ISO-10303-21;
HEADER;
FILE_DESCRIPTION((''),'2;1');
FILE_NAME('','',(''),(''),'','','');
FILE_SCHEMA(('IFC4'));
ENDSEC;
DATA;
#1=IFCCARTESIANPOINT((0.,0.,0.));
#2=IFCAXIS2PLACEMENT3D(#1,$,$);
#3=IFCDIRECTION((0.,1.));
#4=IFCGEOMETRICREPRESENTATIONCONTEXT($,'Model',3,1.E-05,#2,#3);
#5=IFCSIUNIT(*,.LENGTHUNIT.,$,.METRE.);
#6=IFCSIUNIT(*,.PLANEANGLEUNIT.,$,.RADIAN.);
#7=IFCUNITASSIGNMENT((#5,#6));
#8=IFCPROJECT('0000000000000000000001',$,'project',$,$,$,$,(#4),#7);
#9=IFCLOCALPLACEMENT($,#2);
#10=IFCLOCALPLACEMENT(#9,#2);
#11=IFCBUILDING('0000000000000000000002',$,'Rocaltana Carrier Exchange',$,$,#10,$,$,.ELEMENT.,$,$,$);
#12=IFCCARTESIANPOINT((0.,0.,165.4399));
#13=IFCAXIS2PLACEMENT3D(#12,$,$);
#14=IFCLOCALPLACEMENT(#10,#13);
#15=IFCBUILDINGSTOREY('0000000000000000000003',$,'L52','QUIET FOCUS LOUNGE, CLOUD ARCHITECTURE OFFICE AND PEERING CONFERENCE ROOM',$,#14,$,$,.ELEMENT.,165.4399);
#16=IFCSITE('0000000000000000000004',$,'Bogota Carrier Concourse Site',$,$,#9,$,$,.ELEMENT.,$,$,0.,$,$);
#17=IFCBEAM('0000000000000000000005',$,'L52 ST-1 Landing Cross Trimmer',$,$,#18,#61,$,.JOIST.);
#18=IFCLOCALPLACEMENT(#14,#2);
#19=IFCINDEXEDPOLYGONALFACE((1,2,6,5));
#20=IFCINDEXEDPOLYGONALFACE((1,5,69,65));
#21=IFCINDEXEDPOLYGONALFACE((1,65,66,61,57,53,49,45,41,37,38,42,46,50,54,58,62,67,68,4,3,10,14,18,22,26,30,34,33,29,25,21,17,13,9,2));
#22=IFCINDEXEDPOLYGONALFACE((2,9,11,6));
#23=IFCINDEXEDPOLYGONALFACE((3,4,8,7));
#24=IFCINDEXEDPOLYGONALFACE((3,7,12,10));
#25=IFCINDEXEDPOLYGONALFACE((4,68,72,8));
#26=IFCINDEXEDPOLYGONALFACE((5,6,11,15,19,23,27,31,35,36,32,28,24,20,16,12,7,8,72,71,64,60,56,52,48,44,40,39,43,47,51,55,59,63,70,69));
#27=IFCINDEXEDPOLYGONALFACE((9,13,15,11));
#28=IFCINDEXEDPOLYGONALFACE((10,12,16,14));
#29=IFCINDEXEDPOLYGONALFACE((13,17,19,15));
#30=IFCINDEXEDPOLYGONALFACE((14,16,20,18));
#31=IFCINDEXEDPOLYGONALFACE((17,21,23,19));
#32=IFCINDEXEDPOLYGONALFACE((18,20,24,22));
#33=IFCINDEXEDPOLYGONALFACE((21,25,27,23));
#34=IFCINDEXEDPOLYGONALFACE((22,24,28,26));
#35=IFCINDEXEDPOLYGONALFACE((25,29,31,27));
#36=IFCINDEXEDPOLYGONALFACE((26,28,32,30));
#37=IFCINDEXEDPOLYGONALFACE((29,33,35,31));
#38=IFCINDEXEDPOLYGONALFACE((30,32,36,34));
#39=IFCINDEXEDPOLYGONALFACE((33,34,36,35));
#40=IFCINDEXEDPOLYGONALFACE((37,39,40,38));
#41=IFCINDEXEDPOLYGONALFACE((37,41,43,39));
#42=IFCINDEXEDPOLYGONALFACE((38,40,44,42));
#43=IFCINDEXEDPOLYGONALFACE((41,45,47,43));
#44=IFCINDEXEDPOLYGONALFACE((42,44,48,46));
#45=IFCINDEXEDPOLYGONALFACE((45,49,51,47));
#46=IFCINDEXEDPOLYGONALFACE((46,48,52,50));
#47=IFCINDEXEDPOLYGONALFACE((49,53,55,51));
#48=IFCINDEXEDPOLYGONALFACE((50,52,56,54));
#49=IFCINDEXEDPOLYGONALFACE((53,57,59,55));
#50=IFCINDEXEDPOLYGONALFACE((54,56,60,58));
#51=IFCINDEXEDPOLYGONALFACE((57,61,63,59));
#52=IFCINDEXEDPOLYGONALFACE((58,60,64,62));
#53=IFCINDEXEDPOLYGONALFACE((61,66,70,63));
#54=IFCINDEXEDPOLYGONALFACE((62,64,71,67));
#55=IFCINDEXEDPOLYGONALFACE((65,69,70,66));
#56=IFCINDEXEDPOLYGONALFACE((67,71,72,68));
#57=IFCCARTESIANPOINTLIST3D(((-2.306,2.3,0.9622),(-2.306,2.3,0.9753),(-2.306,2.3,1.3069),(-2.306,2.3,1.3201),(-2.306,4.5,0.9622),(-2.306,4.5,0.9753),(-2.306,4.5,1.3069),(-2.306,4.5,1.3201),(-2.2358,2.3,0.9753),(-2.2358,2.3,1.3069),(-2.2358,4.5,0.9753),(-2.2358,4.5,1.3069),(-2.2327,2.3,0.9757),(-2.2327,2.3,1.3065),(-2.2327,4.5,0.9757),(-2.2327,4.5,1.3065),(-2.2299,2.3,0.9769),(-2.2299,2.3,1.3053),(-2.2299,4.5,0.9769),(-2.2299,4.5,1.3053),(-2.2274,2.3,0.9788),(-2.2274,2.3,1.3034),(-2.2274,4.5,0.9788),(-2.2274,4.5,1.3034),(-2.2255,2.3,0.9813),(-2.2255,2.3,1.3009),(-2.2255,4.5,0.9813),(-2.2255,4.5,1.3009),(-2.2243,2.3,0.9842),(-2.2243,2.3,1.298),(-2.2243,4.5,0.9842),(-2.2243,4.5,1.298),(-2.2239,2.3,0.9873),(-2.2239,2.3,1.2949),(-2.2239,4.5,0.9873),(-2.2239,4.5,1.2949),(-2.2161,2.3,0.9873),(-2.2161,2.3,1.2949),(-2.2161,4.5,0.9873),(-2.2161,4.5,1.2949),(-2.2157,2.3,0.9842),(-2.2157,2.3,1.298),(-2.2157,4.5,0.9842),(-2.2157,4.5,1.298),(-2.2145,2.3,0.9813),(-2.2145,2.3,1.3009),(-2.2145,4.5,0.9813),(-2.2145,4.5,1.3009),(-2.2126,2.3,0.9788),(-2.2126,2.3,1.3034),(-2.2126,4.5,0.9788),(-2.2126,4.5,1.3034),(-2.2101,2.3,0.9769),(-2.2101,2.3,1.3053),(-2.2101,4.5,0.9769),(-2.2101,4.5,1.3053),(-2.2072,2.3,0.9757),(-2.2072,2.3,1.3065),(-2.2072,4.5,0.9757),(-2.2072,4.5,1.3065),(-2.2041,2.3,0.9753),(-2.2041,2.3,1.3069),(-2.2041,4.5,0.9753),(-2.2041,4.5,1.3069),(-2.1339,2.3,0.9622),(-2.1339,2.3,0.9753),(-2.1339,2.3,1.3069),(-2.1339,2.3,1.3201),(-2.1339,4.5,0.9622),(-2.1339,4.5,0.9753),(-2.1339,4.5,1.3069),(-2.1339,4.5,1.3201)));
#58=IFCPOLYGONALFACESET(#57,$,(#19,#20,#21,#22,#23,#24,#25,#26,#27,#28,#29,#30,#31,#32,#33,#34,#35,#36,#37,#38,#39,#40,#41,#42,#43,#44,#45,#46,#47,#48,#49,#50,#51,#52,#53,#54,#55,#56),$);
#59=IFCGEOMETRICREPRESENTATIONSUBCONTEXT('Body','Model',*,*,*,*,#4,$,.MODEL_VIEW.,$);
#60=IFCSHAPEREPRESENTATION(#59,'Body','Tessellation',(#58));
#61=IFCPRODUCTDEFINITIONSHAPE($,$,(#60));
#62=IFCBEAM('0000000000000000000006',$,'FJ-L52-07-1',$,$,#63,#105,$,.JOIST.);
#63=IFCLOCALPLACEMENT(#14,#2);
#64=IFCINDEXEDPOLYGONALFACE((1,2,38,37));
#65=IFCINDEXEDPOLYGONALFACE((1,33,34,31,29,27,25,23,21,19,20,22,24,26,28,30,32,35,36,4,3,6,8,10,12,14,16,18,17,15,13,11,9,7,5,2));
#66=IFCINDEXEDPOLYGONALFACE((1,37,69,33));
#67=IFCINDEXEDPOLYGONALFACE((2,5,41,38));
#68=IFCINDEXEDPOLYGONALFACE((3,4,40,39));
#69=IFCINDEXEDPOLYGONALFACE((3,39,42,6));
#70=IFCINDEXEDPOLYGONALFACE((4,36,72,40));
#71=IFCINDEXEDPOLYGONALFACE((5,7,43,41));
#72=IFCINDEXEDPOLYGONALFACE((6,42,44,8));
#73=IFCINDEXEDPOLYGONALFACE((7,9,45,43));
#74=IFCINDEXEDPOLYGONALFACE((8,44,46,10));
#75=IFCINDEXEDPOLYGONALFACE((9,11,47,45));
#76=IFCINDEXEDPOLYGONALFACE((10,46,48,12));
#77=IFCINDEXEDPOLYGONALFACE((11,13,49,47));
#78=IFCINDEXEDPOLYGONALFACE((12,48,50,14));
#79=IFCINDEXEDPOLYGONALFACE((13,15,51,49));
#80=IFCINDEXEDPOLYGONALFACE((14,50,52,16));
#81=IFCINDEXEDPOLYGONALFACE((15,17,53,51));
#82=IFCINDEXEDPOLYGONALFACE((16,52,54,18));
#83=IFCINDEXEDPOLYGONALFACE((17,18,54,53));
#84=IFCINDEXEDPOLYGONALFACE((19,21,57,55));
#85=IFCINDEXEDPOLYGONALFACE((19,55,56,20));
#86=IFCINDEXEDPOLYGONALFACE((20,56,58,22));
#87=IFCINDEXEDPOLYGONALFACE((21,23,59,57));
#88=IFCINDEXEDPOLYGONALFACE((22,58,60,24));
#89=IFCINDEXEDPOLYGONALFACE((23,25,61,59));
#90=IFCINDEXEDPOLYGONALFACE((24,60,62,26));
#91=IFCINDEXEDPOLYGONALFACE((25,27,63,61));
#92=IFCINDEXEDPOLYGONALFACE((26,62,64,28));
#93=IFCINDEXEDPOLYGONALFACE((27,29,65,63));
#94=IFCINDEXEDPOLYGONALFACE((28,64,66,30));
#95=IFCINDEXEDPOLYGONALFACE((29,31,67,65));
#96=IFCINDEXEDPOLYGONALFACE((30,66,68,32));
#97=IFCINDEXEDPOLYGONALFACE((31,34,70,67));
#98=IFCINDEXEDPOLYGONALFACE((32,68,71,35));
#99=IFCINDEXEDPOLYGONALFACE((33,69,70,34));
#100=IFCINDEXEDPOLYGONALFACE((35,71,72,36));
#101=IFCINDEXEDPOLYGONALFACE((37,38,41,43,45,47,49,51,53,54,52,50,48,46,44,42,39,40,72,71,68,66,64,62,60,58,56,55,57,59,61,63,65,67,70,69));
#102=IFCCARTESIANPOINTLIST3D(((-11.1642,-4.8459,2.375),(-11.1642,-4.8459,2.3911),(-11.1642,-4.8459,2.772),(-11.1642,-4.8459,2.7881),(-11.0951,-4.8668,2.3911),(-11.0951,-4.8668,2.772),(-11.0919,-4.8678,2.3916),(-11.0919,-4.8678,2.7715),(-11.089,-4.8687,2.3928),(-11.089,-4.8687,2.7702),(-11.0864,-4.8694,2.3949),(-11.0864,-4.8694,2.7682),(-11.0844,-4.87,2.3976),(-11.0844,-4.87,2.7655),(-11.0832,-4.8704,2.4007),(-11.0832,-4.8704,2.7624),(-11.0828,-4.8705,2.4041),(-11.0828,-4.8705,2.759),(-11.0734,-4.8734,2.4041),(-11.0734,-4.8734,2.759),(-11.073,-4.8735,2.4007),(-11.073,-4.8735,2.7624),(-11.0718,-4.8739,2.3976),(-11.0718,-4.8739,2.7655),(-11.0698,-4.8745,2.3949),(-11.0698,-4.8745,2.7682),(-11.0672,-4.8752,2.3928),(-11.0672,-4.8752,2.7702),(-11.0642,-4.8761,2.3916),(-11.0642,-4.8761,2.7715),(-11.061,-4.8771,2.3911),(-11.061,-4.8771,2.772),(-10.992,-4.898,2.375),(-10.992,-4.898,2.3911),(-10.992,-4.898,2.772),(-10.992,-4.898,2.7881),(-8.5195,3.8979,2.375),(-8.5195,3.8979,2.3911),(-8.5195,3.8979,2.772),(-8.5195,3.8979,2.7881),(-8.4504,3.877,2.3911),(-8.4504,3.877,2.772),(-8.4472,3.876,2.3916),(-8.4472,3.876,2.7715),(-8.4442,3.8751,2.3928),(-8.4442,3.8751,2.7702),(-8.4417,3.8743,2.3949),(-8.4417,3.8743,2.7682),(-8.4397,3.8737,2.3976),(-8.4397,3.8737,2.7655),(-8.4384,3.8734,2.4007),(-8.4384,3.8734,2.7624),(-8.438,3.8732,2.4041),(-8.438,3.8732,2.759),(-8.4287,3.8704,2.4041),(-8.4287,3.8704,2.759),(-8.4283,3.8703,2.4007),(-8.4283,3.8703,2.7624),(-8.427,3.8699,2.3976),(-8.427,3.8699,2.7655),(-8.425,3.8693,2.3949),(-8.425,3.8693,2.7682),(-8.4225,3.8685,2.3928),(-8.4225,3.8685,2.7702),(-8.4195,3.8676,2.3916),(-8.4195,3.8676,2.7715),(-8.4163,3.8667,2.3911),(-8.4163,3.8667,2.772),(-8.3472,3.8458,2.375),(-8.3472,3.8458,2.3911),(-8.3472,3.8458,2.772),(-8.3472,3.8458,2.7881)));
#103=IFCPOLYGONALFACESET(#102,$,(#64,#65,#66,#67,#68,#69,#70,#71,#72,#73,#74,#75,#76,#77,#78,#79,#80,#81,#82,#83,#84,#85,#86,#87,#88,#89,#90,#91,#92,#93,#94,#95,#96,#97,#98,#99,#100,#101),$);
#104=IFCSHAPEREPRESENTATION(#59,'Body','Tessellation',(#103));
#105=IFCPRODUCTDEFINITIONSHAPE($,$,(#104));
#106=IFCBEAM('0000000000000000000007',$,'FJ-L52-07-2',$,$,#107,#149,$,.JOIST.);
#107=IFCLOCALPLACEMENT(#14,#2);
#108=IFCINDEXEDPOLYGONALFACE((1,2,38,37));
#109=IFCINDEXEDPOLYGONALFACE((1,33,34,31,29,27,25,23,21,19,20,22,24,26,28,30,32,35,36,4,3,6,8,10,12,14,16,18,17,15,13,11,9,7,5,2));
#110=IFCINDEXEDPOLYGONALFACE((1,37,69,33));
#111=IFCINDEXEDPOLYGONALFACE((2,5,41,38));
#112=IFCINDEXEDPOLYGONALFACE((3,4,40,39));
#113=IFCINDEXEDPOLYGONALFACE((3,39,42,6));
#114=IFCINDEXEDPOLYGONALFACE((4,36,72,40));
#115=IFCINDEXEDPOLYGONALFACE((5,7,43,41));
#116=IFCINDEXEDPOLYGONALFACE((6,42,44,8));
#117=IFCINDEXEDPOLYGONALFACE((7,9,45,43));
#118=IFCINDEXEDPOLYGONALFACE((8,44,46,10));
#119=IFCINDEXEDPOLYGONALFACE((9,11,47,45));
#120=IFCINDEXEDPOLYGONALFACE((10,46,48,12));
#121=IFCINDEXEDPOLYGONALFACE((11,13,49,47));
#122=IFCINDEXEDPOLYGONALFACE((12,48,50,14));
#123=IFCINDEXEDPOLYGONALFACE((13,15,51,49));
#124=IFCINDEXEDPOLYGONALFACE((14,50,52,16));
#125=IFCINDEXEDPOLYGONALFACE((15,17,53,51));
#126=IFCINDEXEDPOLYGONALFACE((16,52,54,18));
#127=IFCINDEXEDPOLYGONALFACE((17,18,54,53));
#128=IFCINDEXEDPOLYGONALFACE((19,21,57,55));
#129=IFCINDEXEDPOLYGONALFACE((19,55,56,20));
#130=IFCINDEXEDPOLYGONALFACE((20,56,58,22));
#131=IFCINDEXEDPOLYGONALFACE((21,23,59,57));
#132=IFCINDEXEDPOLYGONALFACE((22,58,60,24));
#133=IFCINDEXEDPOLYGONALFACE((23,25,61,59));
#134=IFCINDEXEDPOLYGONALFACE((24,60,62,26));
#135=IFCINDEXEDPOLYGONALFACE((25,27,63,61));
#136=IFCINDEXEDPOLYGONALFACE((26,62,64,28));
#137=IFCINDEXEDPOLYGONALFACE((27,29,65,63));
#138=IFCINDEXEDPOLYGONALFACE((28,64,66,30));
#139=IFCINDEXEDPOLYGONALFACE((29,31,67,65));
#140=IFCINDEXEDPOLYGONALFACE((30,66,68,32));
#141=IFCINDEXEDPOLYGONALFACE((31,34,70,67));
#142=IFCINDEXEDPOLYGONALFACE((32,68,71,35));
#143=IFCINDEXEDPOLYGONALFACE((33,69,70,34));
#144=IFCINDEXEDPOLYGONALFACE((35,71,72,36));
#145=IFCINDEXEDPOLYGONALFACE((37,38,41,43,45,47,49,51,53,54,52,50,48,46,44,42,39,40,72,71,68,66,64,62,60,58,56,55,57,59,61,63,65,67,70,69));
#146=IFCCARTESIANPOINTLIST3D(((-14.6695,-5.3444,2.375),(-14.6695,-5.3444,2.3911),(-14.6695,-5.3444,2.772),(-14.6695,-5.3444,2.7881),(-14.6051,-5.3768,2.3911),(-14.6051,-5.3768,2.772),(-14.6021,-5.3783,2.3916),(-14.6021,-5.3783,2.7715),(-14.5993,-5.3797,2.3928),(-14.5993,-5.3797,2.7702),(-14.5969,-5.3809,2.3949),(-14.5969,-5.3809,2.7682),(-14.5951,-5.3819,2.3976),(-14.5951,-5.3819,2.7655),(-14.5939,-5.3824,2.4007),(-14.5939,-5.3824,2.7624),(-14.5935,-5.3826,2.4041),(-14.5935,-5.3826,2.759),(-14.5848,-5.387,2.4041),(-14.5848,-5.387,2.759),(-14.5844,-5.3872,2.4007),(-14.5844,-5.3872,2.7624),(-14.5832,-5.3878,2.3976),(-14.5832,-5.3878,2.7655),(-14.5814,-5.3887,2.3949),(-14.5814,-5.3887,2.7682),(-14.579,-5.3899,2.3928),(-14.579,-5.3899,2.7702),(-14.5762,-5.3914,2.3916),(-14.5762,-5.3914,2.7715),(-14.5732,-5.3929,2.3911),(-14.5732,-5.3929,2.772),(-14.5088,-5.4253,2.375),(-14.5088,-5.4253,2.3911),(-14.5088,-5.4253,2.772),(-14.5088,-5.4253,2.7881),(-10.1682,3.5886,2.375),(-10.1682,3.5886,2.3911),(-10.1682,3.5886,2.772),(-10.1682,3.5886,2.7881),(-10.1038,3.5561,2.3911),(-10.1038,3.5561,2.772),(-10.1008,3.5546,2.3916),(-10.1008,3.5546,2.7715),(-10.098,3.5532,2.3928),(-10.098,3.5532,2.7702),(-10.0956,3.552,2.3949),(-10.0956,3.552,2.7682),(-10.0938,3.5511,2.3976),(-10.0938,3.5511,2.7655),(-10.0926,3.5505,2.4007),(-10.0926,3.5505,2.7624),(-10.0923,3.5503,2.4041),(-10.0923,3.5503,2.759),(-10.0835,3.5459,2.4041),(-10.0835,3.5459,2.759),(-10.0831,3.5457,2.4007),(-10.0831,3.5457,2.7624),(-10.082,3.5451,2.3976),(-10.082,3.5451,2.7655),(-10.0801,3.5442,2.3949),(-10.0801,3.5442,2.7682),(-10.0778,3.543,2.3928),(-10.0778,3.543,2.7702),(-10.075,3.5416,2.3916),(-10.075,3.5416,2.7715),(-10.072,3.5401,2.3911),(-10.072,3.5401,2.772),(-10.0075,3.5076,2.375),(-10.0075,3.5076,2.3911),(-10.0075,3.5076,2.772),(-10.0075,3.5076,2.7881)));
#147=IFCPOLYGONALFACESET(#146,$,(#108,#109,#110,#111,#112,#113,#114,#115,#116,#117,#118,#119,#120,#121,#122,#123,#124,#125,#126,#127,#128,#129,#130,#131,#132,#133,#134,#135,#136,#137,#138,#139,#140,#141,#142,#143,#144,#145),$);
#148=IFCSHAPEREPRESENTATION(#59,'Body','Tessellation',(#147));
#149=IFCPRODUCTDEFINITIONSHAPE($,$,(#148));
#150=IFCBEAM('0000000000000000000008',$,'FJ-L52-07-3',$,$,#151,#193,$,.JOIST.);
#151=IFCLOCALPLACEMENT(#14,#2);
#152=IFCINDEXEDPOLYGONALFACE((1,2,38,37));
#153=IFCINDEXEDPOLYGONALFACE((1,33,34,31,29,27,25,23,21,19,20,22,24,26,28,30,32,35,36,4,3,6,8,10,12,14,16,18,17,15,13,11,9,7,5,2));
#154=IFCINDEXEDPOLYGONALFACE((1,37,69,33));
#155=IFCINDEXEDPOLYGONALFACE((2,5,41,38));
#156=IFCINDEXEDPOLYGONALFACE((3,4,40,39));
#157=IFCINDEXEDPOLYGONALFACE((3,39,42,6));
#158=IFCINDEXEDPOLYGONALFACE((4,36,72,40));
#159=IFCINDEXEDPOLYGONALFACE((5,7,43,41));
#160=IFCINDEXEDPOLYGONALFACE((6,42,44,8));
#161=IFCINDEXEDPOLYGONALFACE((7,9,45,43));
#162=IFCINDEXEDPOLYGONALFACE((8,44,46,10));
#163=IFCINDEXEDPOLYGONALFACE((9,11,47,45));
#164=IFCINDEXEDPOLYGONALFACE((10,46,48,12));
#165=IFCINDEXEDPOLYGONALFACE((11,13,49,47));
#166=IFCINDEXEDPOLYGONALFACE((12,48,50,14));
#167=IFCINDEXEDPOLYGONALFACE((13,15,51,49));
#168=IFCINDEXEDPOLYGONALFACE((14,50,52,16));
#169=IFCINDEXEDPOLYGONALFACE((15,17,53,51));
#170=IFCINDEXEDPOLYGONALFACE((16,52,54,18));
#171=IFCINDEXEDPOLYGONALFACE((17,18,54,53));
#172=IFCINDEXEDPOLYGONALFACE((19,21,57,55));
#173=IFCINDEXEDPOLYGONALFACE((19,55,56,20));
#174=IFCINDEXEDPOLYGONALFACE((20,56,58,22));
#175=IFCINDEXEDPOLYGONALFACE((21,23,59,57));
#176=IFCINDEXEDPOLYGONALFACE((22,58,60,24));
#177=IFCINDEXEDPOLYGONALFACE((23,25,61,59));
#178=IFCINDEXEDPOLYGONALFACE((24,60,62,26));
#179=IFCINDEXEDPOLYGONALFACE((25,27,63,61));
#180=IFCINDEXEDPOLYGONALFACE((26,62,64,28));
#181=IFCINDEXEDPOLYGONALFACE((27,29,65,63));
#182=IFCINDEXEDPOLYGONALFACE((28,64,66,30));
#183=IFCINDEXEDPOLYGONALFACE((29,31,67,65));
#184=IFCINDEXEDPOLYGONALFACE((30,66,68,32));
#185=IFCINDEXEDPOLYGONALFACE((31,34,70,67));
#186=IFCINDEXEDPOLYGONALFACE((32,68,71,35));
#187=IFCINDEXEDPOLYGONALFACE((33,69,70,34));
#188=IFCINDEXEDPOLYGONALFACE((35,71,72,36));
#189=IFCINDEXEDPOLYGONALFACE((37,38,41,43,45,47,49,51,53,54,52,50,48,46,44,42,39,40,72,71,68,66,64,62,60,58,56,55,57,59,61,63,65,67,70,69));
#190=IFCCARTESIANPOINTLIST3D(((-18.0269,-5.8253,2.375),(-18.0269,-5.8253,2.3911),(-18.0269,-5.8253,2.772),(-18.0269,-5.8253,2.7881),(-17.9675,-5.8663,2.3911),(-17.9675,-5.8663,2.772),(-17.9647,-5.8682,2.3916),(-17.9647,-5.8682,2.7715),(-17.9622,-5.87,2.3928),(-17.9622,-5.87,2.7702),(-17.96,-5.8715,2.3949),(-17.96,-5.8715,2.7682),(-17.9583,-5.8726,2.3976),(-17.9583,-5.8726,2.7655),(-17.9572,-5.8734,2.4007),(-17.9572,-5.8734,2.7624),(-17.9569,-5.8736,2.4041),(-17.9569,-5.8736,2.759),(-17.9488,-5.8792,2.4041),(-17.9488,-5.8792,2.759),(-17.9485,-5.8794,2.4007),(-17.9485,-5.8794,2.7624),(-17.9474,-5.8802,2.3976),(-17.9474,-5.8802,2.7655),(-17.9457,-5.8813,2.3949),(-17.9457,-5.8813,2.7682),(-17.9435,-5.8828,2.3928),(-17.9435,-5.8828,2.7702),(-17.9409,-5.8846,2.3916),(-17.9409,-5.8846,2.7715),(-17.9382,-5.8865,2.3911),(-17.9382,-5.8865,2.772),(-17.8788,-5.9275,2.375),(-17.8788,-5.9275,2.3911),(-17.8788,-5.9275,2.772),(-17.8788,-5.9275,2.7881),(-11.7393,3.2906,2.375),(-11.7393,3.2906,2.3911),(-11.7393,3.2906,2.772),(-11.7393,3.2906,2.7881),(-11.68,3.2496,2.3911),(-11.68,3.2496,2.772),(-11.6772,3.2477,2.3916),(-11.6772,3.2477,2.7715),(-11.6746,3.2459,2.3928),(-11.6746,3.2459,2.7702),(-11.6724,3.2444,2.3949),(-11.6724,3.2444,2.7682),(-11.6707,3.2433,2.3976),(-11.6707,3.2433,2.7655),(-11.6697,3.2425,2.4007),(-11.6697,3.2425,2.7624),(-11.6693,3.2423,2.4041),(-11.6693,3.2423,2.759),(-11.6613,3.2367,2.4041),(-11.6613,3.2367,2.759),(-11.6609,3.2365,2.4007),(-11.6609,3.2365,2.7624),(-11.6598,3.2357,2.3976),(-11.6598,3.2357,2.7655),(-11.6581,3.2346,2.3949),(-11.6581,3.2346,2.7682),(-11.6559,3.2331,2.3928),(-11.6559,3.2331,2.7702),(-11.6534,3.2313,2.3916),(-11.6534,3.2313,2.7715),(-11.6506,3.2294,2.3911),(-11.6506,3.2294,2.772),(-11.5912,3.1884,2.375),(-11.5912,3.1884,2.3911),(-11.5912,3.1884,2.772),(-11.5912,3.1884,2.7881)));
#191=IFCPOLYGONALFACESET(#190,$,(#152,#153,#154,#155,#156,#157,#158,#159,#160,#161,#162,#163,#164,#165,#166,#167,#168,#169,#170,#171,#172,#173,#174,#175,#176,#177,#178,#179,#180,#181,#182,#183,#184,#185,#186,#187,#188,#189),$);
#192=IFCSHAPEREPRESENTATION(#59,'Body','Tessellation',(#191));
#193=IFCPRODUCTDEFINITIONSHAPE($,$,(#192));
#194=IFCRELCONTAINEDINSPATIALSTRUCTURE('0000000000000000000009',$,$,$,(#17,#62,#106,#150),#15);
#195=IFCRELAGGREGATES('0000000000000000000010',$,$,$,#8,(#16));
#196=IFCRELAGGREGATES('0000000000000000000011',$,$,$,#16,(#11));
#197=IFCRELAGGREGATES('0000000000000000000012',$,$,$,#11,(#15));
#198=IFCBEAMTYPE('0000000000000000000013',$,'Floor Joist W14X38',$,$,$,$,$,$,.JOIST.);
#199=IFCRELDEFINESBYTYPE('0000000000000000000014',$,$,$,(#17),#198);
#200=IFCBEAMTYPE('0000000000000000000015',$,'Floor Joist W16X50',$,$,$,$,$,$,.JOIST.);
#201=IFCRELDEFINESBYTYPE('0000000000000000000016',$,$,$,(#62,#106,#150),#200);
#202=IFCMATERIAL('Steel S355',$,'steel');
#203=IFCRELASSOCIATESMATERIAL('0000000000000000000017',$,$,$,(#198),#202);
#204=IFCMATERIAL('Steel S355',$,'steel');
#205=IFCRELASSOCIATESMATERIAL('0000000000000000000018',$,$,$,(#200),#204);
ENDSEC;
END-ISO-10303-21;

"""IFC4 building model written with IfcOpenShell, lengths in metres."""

from ifc_helpers import new_model, si_unit, direction, frame, origin, origin_2d, place, context, subcontext, project, spatial, i_section, extrude, material, material_profile, profile_set, type_object, element, save


model = new_model("IFC4")

# Units and contexts
model_context = context("Model", 3, precision=1e-05, world=origin(), true_north=direction((0.0, 1.0)))
body_context = subcontext(model_context, "Body", "Model", "MODEL_VIEW")
ifc_project = project(units=[si_unit("LENGTHUNIT", "METRE"), si_unit("PLANEANGLEUNIT", "RADIAN")], contexts=[model_context])

# Site, building, storey
site_placement = place(None, origin())
site = spatial("IfcSite", under=ifc_project, at=site_placement, Name="Bogota Carrier Concourse Site", CompositionType="ELEMENT", RefElevation=0.0)
building_placement = place(site_placement, origin())
building = spatial("IfcBuilding", under=site, at=building_placement, Name="Rocaltana Carrier Exchange", CompositionType="ELEMENT")
storey_placement = place(building_placement, frame((0.0, 0.0, 165.4399)))
storey = spatial("IfcBuildingStorey", under=building, at=storey_placement, Name="L52", Description="QUIET FOCUS LOUNGE, CLOUD ARCHITECTURE OFFICE AND PEERING CONFERENCE ROOM", CompositionType="ELEMENT", Elevation=165.4399)

# Beams
ifc_material_1 = material(Name="Steel S355", Category="steel")
ifc_material_profile_1 = material_profile(ifc_material_1, i_section(OverallWidth=0.1721, OverallDepth=0.3579, WebThickness=0.0078, FlangeThickness=0.0132, FilletRadius=0.012, at=origin_2d()), Name="W14X38")
ifc_profile_set_1 = profile_set([ifc_material_profile_1], Name="Steel S355")
beam_type_1 = type_object("IfcBeamType", Name="Floor Joist W14X38", PredefinedType="JOIST", material=ifc_profile_set_1)
beam_1_placement = place(storey_placement, frame((-2.22, 2.3, 1.1411), z_axis=(0.0, 1.0, 0.0), x_axis=(-1.0, 0.0, 0.0)))
element("IfcBeam", 1, at=beam_1_placement, inside=storey, type_object=beam_type_1, Name="L52 ST-1 Landing Cross Trimmer", PredefinedType="JOIST", context=body_context, shape_type="SweptSolid", body=[
    extrude(i_section(OverallWidth=0.1721, OverallDepth=0.3579, WebThickness=0.0078, FlangeThickness=0.0132, FilletRadius=0.012, at=origin_2d()), origin(), (0.0, 0.0, 1.0), 2.2),
])
ifc_material_2 = material(Name="Steel S355", Category="steel")
ifc_material_profile_2 = material_profile(ifc_material_2, i_section(OverallWidth=0.1799, OverallDepth=0.4131, WebThickness=0.0098, FlangeThickness=0.0161, FilletRadius=0.0129, at=origin_2d()), Name="W16X50")
ifc_profile_set_2 = profile_set([ifc_material_profile_2], Name="Steel S355")
beam_type_2 = type_object("IfcBeamType", Name="Floor Joist W16X50", PredefinedType="JOIST", material=ifc_profile_set_2)
beam_2_placement = place(storey_placement, frame((-8.4333, 3.8718, 2.5815), z_axis=(-0.289517, -0.957173, 0.0), x_axis=(0.957173, -0.289517, 0.0)))
element("IfcBeam", 2, at=beam_2_placement, inside=storey, type_object=beam_type_2, Name="FJ-L52-07-1", PredefinedType="JOIST", context=body_context, shape_type="SweptSolid", body=[
    extrude(i_section(OverallWidth=0.1799, OverallDepth=0.4131, WebThickness=0.0098, FlangeThickness=0.0161, FilletRadius=0.0129, at=origin_2d()), origin(), (0.0, 0.0, 1.0), 9.135),
])
beam_3_placement = place(storey_placement, frame((-10.0879, 3.5481, 2.5815), z_axis=(-0.449994, -0.893032, 0.0), x_axis=(0.893032, -0.449994, 0.0)))
element("IfcBeam", 3, at=beam_3_placement, inside=storey, type_object=beam_type_2, Name="FJ-L52-07-2", PredefinedType="JOIST", context=body_context, shape_type="SweptSolid", body=[
    extrude(i_section(OverallWidth=0.1799, OverallDepth=0.4131, WebThickness=0.0098, FlangeThickness=0.0161, FilletRadius=0.0129, at=origin_2d()), origin(), (0.0, 0.0, 1.0), 10.0029),
])
beam_4_placement = place(storey_placement, frame((-11.6653, 3.2395, 2.5815), z_axis=(-0.567777, -0.823182, 0.0), x_axis=(0.823182, -0.567777, 0.0)))
element("IfcBeam", 4, at=beam_4_placement, inside=storey, type_object=beam_type_2, Name="FJ-L52-07-3", PredefinedType="JOIST", context=body_context, shape_type="SweptSolid", body=[
    extrude(i_section(OverallWidth=0.1799, OverallDepth=0.4131, WebThickness=0.0098, FlangeThickness=0.0161, FilletRadius=0.0129, at=origin_2d()), origin(), (0.0, 0.0, 1.0), 11.074),
])

save(model, "model.ifc")
